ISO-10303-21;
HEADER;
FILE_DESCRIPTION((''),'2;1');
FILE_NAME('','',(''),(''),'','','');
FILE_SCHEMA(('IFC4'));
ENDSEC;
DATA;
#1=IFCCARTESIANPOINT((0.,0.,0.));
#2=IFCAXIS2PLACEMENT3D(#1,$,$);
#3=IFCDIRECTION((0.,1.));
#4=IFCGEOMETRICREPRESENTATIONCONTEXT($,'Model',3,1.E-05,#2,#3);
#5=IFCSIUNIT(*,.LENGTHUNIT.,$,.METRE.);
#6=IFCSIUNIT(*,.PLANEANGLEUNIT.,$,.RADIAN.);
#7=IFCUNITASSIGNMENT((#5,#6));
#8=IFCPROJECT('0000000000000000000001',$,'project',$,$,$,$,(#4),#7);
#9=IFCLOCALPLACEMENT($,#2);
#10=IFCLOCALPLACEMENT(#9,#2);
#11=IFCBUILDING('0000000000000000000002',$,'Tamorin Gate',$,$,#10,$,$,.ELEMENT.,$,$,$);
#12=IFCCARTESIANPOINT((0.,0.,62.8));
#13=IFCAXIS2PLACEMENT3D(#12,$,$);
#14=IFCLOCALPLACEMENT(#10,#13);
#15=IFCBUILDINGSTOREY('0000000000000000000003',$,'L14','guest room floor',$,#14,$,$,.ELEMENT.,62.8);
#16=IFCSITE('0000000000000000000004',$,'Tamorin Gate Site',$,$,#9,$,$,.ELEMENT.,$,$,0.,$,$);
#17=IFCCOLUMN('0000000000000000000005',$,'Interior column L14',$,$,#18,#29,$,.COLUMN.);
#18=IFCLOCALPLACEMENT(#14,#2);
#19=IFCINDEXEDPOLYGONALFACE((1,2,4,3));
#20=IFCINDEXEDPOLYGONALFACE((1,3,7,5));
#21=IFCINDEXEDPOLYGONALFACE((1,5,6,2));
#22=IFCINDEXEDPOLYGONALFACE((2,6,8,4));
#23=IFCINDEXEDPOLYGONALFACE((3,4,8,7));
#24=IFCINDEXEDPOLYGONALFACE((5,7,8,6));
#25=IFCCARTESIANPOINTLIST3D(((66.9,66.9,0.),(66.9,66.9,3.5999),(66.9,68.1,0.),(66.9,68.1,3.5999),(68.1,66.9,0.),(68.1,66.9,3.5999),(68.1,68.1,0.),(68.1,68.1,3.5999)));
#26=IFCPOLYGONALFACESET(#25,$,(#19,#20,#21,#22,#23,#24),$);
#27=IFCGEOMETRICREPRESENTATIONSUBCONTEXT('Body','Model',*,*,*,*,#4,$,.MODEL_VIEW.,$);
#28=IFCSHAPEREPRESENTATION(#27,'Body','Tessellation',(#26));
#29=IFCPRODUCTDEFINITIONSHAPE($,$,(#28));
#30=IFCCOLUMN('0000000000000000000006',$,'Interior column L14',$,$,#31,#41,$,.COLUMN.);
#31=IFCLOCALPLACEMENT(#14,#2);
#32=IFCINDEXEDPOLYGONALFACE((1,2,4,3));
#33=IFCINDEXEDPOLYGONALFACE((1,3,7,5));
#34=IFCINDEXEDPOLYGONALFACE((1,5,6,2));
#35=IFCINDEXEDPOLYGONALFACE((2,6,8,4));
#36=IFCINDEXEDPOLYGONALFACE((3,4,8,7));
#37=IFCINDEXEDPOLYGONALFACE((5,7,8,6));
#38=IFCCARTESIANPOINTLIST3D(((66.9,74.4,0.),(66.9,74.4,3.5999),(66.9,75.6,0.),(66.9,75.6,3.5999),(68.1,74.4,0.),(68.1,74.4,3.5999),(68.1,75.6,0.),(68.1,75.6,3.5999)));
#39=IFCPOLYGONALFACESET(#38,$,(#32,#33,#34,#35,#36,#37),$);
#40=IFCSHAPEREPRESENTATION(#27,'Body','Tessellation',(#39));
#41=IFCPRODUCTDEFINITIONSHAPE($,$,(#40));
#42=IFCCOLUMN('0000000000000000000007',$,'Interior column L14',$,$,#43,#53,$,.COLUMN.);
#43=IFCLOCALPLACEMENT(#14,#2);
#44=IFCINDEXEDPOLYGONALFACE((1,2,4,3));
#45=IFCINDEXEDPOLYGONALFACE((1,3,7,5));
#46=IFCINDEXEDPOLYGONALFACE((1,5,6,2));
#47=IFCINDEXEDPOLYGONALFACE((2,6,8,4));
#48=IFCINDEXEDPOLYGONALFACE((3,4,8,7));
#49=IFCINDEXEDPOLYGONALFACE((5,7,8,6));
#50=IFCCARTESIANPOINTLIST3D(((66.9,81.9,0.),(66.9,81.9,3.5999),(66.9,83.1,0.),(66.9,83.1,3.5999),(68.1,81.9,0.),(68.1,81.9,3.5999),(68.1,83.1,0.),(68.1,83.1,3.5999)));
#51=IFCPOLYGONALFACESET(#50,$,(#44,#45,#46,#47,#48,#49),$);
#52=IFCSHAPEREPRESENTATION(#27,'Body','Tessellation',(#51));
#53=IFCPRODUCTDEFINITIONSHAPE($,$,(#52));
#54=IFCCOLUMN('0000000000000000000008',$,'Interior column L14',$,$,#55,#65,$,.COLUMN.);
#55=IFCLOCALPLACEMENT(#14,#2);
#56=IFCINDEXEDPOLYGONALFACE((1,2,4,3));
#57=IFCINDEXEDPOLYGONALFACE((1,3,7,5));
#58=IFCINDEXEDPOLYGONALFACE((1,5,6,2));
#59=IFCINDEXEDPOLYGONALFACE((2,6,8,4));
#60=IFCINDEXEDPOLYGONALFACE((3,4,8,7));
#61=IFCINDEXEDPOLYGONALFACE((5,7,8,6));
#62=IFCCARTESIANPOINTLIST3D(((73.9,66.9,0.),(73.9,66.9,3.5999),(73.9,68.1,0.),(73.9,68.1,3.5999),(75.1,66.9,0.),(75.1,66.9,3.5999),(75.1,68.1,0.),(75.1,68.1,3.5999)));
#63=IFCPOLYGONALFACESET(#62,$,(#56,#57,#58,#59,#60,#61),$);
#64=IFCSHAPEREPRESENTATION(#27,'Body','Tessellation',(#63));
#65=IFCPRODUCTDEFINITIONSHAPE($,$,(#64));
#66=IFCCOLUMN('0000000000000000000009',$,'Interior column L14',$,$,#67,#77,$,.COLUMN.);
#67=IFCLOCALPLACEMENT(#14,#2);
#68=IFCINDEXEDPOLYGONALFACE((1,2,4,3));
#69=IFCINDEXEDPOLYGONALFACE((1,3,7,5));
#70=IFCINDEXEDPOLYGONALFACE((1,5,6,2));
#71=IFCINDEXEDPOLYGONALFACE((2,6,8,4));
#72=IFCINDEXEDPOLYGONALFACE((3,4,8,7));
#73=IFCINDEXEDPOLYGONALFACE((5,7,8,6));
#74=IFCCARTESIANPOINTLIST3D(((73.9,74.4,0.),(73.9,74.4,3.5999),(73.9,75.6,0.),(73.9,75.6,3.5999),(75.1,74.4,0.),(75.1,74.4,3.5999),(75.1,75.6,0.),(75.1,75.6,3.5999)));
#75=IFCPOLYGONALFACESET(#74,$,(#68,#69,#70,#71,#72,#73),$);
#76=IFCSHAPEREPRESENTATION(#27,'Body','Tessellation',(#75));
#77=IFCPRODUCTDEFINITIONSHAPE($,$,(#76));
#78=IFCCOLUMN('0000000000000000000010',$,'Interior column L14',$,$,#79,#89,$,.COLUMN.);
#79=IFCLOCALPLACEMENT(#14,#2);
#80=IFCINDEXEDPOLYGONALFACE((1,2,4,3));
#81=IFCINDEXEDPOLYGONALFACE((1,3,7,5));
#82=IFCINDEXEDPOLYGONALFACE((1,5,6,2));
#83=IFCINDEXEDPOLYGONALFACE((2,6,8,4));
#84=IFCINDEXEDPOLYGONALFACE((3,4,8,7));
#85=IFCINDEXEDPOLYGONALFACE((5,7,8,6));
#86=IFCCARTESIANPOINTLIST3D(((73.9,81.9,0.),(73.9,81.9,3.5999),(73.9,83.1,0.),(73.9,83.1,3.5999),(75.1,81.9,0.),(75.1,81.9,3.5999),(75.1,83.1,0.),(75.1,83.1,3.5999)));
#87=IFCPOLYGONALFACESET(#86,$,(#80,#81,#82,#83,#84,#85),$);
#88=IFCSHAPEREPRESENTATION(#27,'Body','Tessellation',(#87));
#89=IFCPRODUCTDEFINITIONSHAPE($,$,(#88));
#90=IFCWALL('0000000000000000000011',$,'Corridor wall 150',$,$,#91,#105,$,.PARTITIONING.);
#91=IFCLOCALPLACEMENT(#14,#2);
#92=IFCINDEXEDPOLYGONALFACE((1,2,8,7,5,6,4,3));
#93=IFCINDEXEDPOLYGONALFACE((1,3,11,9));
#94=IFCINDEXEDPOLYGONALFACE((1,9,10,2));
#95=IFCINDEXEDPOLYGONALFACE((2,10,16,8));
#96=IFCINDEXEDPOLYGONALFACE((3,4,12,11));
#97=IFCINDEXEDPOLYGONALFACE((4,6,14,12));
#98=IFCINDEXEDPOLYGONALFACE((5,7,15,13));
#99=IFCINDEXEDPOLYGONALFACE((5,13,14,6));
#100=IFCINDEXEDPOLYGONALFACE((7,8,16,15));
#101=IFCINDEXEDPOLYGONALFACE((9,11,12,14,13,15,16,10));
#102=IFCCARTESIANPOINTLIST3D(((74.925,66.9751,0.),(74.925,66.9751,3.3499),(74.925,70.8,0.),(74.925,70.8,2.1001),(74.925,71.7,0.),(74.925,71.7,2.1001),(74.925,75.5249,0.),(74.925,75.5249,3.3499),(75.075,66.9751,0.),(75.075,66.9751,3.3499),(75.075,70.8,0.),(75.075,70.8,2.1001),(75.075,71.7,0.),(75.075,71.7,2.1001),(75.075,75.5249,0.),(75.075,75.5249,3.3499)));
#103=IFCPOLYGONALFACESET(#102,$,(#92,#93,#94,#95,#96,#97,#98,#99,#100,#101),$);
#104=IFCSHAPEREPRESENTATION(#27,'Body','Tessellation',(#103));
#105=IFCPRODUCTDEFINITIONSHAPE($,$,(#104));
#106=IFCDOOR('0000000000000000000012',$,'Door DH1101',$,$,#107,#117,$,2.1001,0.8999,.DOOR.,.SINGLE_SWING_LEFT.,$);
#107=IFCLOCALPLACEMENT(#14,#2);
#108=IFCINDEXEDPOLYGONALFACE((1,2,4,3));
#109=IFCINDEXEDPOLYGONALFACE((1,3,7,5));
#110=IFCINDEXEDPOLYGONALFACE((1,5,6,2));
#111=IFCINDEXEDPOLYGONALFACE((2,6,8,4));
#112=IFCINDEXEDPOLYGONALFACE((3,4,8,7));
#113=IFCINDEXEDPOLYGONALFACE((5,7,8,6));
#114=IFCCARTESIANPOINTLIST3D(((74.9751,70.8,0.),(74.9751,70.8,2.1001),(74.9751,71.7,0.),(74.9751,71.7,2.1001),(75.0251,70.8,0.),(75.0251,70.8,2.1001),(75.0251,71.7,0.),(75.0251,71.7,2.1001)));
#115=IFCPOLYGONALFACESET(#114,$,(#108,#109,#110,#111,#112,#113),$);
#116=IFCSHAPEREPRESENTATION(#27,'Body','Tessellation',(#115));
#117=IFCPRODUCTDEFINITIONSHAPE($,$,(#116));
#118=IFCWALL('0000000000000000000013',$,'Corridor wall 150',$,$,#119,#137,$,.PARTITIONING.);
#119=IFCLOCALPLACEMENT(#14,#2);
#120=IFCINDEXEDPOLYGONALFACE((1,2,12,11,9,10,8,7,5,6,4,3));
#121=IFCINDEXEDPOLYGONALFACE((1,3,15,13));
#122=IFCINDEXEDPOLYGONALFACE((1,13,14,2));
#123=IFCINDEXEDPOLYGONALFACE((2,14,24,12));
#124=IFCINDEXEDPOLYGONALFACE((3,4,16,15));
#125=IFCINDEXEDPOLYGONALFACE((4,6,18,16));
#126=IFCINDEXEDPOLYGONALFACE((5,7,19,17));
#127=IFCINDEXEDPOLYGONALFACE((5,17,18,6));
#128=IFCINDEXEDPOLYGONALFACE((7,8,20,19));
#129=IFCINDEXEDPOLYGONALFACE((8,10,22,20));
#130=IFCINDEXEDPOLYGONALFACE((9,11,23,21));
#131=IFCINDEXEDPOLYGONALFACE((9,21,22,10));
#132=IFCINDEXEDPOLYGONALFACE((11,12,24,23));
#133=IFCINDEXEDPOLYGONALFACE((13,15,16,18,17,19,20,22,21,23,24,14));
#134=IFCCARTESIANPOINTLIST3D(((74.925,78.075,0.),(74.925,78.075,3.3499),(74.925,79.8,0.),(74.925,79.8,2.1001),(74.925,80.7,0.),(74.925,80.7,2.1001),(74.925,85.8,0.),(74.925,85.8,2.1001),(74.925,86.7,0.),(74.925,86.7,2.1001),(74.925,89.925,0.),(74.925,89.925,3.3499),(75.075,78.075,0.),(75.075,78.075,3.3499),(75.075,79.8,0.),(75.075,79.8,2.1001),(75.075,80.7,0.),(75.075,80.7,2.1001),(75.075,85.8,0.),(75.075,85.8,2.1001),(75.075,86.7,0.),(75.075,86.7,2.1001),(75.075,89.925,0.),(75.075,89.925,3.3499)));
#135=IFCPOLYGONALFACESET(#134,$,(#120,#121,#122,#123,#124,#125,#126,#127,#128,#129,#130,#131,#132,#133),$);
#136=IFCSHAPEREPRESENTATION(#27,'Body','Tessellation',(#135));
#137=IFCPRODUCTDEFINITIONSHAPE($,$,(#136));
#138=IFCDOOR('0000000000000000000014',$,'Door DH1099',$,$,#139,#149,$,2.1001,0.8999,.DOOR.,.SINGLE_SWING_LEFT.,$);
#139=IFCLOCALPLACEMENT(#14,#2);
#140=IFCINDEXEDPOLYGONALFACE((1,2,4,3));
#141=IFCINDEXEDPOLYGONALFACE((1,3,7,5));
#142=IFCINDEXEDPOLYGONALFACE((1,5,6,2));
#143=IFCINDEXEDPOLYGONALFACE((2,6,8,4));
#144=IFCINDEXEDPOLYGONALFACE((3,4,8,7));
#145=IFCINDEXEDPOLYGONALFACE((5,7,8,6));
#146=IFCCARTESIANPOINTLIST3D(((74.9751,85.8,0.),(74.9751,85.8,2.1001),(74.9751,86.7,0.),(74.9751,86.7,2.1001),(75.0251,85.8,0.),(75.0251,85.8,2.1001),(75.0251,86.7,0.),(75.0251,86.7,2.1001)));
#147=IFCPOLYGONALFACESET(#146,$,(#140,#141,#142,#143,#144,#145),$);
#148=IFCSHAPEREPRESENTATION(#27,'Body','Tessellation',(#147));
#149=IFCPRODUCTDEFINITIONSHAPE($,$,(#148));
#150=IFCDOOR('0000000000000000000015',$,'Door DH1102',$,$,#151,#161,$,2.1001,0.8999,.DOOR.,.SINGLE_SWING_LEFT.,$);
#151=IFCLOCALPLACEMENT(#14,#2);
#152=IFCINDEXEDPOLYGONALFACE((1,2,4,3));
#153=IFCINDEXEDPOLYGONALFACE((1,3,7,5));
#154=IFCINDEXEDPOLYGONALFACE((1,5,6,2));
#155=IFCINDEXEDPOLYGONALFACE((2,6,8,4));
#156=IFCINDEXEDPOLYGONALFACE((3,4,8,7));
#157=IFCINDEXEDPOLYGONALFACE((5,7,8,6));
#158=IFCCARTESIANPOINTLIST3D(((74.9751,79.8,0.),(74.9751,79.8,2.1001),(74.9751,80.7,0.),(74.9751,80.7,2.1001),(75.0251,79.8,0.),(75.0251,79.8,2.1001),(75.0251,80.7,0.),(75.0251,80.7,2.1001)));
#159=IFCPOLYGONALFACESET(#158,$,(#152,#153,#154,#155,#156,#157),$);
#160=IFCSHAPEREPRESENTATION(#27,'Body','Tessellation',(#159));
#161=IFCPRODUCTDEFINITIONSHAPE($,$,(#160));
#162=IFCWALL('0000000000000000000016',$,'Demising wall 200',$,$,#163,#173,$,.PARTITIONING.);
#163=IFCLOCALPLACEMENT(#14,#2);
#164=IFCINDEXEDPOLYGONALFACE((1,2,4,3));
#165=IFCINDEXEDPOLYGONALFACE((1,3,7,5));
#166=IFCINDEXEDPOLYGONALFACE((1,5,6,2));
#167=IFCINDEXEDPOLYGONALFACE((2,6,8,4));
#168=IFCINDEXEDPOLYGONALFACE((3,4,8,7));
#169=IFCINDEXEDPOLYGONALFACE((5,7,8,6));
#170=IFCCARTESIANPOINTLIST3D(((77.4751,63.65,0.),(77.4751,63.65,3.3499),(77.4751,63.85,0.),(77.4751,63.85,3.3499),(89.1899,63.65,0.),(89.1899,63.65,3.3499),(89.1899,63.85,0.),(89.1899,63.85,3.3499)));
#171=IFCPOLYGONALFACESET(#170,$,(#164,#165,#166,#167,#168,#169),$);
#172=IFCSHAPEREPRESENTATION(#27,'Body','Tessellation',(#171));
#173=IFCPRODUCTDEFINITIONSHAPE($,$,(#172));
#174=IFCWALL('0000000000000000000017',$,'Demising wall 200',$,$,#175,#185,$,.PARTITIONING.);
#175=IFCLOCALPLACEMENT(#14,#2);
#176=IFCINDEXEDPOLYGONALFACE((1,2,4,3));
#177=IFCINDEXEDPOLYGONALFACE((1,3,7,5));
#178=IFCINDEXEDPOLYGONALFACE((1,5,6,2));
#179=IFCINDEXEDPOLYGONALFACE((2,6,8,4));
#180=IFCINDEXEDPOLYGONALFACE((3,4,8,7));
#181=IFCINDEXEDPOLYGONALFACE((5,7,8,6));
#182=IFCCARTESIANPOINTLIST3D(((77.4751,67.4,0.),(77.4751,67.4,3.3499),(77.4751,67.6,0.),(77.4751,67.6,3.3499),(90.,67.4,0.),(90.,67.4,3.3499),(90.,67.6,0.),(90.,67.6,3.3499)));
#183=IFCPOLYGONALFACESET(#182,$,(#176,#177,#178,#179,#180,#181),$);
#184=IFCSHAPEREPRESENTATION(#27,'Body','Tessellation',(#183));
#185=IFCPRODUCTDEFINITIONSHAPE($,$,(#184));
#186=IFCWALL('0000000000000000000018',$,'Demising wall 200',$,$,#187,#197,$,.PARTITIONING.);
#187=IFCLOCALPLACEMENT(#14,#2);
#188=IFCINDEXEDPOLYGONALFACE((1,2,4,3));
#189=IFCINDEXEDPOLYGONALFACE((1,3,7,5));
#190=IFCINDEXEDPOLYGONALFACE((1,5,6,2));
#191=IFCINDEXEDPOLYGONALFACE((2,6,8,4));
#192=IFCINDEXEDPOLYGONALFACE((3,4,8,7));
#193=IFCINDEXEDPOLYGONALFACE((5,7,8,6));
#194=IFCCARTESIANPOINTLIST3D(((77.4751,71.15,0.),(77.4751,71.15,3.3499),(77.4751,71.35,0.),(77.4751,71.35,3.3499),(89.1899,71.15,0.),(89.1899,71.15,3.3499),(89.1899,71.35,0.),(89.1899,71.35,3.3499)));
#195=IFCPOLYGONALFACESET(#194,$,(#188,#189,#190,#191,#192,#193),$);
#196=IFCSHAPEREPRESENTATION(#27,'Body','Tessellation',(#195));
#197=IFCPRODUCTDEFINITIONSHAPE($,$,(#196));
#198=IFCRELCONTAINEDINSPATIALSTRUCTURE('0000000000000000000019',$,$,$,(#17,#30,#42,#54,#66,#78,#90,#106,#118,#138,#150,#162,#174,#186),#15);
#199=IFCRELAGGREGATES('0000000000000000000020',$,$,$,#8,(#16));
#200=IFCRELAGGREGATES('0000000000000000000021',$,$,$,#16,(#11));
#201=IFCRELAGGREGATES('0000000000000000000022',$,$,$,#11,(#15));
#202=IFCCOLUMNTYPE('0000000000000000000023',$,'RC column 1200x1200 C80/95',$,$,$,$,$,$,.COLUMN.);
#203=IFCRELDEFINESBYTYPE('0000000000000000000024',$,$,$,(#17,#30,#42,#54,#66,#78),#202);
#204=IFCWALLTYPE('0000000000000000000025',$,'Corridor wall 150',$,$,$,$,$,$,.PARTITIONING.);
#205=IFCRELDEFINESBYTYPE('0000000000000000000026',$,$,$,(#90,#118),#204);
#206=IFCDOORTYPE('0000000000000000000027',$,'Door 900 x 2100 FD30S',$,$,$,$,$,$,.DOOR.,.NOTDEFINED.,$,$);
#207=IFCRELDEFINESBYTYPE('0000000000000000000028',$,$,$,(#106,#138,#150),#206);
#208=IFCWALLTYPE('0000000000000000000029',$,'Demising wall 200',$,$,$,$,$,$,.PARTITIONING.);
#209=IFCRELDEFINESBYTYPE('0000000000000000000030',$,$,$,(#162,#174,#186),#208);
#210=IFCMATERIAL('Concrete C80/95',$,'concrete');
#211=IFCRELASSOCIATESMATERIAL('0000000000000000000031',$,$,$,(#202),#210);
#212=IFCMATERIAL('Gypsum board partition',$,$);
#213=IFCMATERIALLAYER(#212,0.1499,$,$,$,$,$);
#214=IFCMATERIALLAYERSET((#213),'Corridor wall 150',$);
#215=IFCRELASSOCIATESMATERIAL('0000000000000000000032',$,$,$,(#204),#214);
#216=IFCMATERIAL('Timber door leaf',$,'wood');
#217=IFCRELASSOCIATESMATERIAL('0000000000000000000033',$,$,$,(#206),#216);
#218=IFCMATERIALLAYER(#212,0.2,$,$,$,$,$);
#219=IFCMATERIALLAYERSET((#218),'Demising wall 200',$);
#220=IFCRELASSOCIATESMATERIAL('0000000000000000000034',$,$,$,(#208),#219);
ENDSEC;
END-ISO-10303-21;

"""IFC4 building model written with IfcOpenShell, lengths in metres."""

from ifc_helpers import new_model, si_unit, direction, frame, frame_2d, origin, origin_2d, place, context, subcontext, project, spatial, rectangle, extrude, material, layer, layer_set, material_profile, profile_set, type_object, element, fill, save


model = new_model("IFC4")

# Units and contexts
model_context = context("Model", 3, precision=1e-05, world=origin(), true_north=direction((0.0, 1.0)))
body_context = subcontext(model_context, "Body", "Model", "MODEL_VIEW")
ifc_project = project(units=[si_unit("LENGTHUNIT", "METRE"), si_unit("PLANEANGLEUNIT", "RADIAN")], contexts=[model_context])

# Site, building, storey
site_placement = place(None, origin())
site = spatial("IfcSite", under=ifc_project, at=site_placement, Name="Tamorin Gate Site", CompositionType="ELEMENT", RefElevation=0.0)
building_placement = place(site_placement, origin())
building = spatial("IfcBuilding", under=site, at=building_placement, Name="Tamorin Gate", CompositionType="ELEMENT")
storey_placement = place(building_placement, frame((0.0, 0.0, 62.8)))
storey = spatial("IfcBuildingStorey", under=building, at=storey_placement, Name="L14", Description="guest room floor", CompositionType="ELEMENT", Elevation=62.8)

# Columns
ifc_material_1 = material(Name="Concrete C80/95", Category="concrete")
ifc_material_profile = material_profile(ifc_material_1, rectangle(XDim=1.2, YDim=1.2, at=origin_2d()), Name="RC 1200x1200")
ifc_profile_set = profile_set([ifc_material_profile], Name="Concrete C80/95")
column_type = type_object("IfcColumnType", Name="RC column 1200x1200 C80/95", PredefinedType="COLUMN", material=ifc_profile_set)
for number, where, z_axis, x_axis, name in (
    (1, (67.5, 67.5, 0.0), (0.0, 0.0, 1.0), (1.0, 0.0, 0.0), "Interior column L14"),
    (2, (67.5, 75.0, 0.0), (0.0, 0.0, 1.0), (1.0, 0.0, 0.0), "Interior column L14"),
    (3, (67.5, 82.5, 0.0), (0.0, 0.0, 1.0), (1.0, 0.0, 0.0), "Interior column L14"),
    (4, (74.5, 67.5, 0.0), (0.0, 0.0, 1.0), (1.0, 0.0, 0.0), "Interior column L14"),
    (5, (74.5, 75.0, 0.0), (0.0, 0.0, 1.0), (1.0, 0.0, 0.0), "Interior column L14"),
    (6, (74.5, 82.5, 0.0), (0.0, 0.0, 1.0), (1.0, 0.0, 0.0), "Interior column L14"),
):
    element("IfcColumn", number, at=place(storey_placement, frame(where, z_axis=z_axis, x_axis=x_axis)), inside=storey, type_object=column_type, Name=name, PredefinedType="COLUMN", context=body_context, shape_type="SweptSolid", body=[
        extrude(rectangle(XDim=1.2, YDim=1.2, at=origin_2d()), origin(), (0.0, 0.0, 1.0), 3.5999),
    ])

# Wall, opening, door
ifc_material_2 = material(Name="Gypsum board partition")
ifc_layer_1 = layer(ifc_material_2, 0.1499)
ifc_layer_set_1 = layer_set([ifc_layer_1], Name="Corridor wall 150")
wall_type_1 = type_object("IfcWallType", Name="Corridor wall 150", PredefinedType="PARTITIONING", material=ifc_layer_set_1)
wall_1_placement = place(storey_placement, frame((75.0, 66.9751, 0.0), z_axis=(0.0, 0.0, 1.0), x_axis=(0.0, 1.0, 0.0)))
wall_1 = element("IfcWall", 7, at=wall_1_placement, inside=storey, type_object=wall_type_1, Name="Corridor wall 150", PredefinedType="PARTITIONING", context=body_context, shape_type="SweptSolid", body=[
    extrude(rectangle(XDim=8.5498, YDim=0.1499, at=frame_2d((4.2749, 0.0))), origin(), (0.0, 0.0, 1.0), 3.3499),
])
opening_1_placement = place(wall_1_placement, frame((3.825, 0.0, 0.0)))
opening_1 = element("IfcOpeningElement", 8, at=opening_1_placement, cuts=wall_1, PredefinedType="OPENING", context=body_context, shape_type="SweptSolid", body=[
    extrude(rectangle(XDim=0.8999, YDim=2.1001, at=frame_2d((0.45, 1.05))), frame((0.0, 0.085, 0.0), z_axis=(0.0, -1.0, 0.0), x_axis=(1.0, 0.0, 0.0)), (0.0, 0.0, 1.0), 0.1699),
])
ifc_material_3 = material(Name="Timber door leaf", Category="wood")
door_type = type_object("IfcDoorType", Name="Door 900 x 2100 FD30S", OperationType="NOTDEFINED", PredefinedType="DOOR", material=ifc_material_3)
door_1_placement = place(opening_1_placement, origin())
door_1 = element("IfcDoor", 9, at=door_1_placement, inside=storey, type_object=door_type, Name="Door DH1101", OperationType="SINGLE_SWING_LEFT", OverallHeight=2.1001, OverallWidth=0.8999, PredefinedType="DOOR", context=body_context, shape_type="SweptSolid", body=[
    extrude(rectangle(XDim=0.8999, YDim=2.1001, at=frame_2d((0.45, 1.05))), frame((0.0, 0.0249, 0.0), z_axis=(0.0, -1.0, 0.0), x_axis=(1.0, 0.0, 0.0)), (0.0, 0.0, 1.0), 0.05),
])
fill(opening_1, door_1)

# Wall, openings, doors
wall_2_placement = place(storey_placement, frame((75.0, 78.075, 0.0), z_axis=(0.0, 0.0, 1.0), x_axis=(0.0, 1.0, 0.0)))
wall_2 = element("IfcWall", 10, at=wall_2_placement, inside=storey, type_object=wall_type_1, Name="Corridor wall 150", PredefinedType="PARTITIONING", context=body_context, shape_type="SweptSolid", body=[
    extrude(rectangle(XDim=11.8501, YDim=0.1499, at=frame_2d((5.925, 0.0))), origin(), (0.0, 0.0, 1.0), 3.3499),
])
opening_2_placement = place(wall_2_placement, frame((7.7251, 0.0, 0.0)))
opening_2 = element("IfcOpeningElement", 11, at=opening_2_placement, cuts=wall_2, PredefinedType="OPENING", context=body_context, shape_type="SweptSolid", body=[
    extrude(rectangle(XDim=0.8999, YDim=2.1001, at=frame_2d((0.45, 1.05))), frame((0.0, 0.085, 0.0), z_axis=(0.0, -1.0, 0.0), x_axis=(1.0, 0.0, 0.0)), (0.0, 0.0, 1.0), 0.1699),
])
opening_3_placement = place(wall_2_placement, frame((1.7251, 0.0, 0.0)))
opening_3 = element("IfcOpeningElement", 12, at=opening_3_placement, cuts=wall_2, PredefinedType="OPENING", context=body_context, shape_type="SweptSolid", body=[
    extrude(rectangle(XDim=0.8999, YDim=2.1001, at=frame_2d((0.45, 1.05))), frame((0.0, 0.085, 0.0), z_axis=(0.0, -1.0, 0.0), x_axis=(1.0, 0.0, 0.0)), (0.0, 0.0, 1.0), 0.1699),
])
door_2_placement = place(opening_2_placement, origin())
door_2 = element("IfcDoor", 13, at=door_2_placement, inside=storey, type_object=door_type, Name="Door DH1099", OperationType="SINGLE_SWING_LEFT", OverallHeight=2.1001, OverallWidth=0.8999, PredefinedType="DOOR", context=body_context, shape_type="SweptSolid", body=[
    extrude(rectangle(XDim=0.8999, YDim=2.1001, at=frame_2d((0.45, 1.05))), frame((0.0, 0.0249, 0.0), z_axis=(0.0, -1.0, 0.0), x_axis=(1.0, 0.0, 0.0)), (0.0, 0.0, 1.0), 0.05),
])
fill(opening_2, door_2)
door_3_placement = place(opening_3_placement, origin())
door_3 = element("IfcDoor", 14, at=door_3_placement, inside=storey, type_object=door_type, Name="Door DH1102", OperationType="SINGLE_SWING_LEFT", OverallHeight=2.1001, OverallWidth=0.8999, PredefinedType="DOOR", context=body_context, shape_type="SweptSolid", body=[
    extrude(rectangle(XDim=0.8999, YDim=2.1001, at=frame_2d((0.45, 1.05))), frame((0.0, 0.0249, 0.0), z_axis=(0.0, -1.0, 0.0), x_axis=(1.0, 0.0, 0.0)), (0.0, 0.0, 1.0), 0.05),
])
fill(opening_3, door_3)

# Walls
ifc_layer_2 = layer(ifc_material_2, 0.2)
ifc_layer_set_2 = layer_set([ifc_layer_2], Name="Demising wall 200")
wall_type_2 = type_object("IfcWallType", Name="Demising wall 200", PredefinedType="PARTITIONING", material=ifc_layer_set_2)
wall_3_placement = place(storey_placement, frame((77.4751, 63.75, 0.0), z_axis=(0.0, 0.0, 1.0), x_axis=(1.0, 0.0, 0.0)))
element("IfcWall", 15, at=wall_3_placement, inside=storey, type_object=wall_type_2, Name="Demising wall 200", PredefinedType="PARTITIONING", context=body_context, shape_type="SweptSolid", body=[
    extrude(rectangle(XDim=11.7148, YDim=0.2, at=frame_2d((5.8574, 0.0))), origin(), (0.0, 0.0, 1.0), 3.3499),
])
wall_4_placement = place(storey_placement, frame((77.4751, 67.5, 0.0), z_axis=(0.0, 0.0, 1.0), x_axis=(1.0, 0.0, 0.0)))
element("IfcWall", 16, at=wall_4_placement, inside=storey, type_object=wall_type_2, Name="Demising wall 200", PredefinedType="PARTITIONING", context=body_context, shape_type="SweptSolid", body=[
    extrude(rectangle(XDim=12.5249, YDim=0.2, at=frame_2d((6.2625, 0.0))), origin(), (0.0, 0.0, 1.0), 3.3499),
])
wall_5_placement = place(storey_placement, frame((77.4751, 71.25, 0.0), z_axis=(0.0, 0.0, 1.0), x_axis=(1.0, 0.0, 0.0)))
element("IfcWall", 17, at=wall_5_placement, inside=storey, type_object=wall_type_2, Name="Demising wall 200", PredefinedType="PARTITIONING", context=body_context, shape_type="SweptSolid", body=[
    extrude(rectangle(XDim=11.7148, YDim=0.2, at=frame_2d((5.8574, 0.0))), origin(), (0.0, 0.0, 1.0), 3.3499),
])

save(model, "model.ifc")
